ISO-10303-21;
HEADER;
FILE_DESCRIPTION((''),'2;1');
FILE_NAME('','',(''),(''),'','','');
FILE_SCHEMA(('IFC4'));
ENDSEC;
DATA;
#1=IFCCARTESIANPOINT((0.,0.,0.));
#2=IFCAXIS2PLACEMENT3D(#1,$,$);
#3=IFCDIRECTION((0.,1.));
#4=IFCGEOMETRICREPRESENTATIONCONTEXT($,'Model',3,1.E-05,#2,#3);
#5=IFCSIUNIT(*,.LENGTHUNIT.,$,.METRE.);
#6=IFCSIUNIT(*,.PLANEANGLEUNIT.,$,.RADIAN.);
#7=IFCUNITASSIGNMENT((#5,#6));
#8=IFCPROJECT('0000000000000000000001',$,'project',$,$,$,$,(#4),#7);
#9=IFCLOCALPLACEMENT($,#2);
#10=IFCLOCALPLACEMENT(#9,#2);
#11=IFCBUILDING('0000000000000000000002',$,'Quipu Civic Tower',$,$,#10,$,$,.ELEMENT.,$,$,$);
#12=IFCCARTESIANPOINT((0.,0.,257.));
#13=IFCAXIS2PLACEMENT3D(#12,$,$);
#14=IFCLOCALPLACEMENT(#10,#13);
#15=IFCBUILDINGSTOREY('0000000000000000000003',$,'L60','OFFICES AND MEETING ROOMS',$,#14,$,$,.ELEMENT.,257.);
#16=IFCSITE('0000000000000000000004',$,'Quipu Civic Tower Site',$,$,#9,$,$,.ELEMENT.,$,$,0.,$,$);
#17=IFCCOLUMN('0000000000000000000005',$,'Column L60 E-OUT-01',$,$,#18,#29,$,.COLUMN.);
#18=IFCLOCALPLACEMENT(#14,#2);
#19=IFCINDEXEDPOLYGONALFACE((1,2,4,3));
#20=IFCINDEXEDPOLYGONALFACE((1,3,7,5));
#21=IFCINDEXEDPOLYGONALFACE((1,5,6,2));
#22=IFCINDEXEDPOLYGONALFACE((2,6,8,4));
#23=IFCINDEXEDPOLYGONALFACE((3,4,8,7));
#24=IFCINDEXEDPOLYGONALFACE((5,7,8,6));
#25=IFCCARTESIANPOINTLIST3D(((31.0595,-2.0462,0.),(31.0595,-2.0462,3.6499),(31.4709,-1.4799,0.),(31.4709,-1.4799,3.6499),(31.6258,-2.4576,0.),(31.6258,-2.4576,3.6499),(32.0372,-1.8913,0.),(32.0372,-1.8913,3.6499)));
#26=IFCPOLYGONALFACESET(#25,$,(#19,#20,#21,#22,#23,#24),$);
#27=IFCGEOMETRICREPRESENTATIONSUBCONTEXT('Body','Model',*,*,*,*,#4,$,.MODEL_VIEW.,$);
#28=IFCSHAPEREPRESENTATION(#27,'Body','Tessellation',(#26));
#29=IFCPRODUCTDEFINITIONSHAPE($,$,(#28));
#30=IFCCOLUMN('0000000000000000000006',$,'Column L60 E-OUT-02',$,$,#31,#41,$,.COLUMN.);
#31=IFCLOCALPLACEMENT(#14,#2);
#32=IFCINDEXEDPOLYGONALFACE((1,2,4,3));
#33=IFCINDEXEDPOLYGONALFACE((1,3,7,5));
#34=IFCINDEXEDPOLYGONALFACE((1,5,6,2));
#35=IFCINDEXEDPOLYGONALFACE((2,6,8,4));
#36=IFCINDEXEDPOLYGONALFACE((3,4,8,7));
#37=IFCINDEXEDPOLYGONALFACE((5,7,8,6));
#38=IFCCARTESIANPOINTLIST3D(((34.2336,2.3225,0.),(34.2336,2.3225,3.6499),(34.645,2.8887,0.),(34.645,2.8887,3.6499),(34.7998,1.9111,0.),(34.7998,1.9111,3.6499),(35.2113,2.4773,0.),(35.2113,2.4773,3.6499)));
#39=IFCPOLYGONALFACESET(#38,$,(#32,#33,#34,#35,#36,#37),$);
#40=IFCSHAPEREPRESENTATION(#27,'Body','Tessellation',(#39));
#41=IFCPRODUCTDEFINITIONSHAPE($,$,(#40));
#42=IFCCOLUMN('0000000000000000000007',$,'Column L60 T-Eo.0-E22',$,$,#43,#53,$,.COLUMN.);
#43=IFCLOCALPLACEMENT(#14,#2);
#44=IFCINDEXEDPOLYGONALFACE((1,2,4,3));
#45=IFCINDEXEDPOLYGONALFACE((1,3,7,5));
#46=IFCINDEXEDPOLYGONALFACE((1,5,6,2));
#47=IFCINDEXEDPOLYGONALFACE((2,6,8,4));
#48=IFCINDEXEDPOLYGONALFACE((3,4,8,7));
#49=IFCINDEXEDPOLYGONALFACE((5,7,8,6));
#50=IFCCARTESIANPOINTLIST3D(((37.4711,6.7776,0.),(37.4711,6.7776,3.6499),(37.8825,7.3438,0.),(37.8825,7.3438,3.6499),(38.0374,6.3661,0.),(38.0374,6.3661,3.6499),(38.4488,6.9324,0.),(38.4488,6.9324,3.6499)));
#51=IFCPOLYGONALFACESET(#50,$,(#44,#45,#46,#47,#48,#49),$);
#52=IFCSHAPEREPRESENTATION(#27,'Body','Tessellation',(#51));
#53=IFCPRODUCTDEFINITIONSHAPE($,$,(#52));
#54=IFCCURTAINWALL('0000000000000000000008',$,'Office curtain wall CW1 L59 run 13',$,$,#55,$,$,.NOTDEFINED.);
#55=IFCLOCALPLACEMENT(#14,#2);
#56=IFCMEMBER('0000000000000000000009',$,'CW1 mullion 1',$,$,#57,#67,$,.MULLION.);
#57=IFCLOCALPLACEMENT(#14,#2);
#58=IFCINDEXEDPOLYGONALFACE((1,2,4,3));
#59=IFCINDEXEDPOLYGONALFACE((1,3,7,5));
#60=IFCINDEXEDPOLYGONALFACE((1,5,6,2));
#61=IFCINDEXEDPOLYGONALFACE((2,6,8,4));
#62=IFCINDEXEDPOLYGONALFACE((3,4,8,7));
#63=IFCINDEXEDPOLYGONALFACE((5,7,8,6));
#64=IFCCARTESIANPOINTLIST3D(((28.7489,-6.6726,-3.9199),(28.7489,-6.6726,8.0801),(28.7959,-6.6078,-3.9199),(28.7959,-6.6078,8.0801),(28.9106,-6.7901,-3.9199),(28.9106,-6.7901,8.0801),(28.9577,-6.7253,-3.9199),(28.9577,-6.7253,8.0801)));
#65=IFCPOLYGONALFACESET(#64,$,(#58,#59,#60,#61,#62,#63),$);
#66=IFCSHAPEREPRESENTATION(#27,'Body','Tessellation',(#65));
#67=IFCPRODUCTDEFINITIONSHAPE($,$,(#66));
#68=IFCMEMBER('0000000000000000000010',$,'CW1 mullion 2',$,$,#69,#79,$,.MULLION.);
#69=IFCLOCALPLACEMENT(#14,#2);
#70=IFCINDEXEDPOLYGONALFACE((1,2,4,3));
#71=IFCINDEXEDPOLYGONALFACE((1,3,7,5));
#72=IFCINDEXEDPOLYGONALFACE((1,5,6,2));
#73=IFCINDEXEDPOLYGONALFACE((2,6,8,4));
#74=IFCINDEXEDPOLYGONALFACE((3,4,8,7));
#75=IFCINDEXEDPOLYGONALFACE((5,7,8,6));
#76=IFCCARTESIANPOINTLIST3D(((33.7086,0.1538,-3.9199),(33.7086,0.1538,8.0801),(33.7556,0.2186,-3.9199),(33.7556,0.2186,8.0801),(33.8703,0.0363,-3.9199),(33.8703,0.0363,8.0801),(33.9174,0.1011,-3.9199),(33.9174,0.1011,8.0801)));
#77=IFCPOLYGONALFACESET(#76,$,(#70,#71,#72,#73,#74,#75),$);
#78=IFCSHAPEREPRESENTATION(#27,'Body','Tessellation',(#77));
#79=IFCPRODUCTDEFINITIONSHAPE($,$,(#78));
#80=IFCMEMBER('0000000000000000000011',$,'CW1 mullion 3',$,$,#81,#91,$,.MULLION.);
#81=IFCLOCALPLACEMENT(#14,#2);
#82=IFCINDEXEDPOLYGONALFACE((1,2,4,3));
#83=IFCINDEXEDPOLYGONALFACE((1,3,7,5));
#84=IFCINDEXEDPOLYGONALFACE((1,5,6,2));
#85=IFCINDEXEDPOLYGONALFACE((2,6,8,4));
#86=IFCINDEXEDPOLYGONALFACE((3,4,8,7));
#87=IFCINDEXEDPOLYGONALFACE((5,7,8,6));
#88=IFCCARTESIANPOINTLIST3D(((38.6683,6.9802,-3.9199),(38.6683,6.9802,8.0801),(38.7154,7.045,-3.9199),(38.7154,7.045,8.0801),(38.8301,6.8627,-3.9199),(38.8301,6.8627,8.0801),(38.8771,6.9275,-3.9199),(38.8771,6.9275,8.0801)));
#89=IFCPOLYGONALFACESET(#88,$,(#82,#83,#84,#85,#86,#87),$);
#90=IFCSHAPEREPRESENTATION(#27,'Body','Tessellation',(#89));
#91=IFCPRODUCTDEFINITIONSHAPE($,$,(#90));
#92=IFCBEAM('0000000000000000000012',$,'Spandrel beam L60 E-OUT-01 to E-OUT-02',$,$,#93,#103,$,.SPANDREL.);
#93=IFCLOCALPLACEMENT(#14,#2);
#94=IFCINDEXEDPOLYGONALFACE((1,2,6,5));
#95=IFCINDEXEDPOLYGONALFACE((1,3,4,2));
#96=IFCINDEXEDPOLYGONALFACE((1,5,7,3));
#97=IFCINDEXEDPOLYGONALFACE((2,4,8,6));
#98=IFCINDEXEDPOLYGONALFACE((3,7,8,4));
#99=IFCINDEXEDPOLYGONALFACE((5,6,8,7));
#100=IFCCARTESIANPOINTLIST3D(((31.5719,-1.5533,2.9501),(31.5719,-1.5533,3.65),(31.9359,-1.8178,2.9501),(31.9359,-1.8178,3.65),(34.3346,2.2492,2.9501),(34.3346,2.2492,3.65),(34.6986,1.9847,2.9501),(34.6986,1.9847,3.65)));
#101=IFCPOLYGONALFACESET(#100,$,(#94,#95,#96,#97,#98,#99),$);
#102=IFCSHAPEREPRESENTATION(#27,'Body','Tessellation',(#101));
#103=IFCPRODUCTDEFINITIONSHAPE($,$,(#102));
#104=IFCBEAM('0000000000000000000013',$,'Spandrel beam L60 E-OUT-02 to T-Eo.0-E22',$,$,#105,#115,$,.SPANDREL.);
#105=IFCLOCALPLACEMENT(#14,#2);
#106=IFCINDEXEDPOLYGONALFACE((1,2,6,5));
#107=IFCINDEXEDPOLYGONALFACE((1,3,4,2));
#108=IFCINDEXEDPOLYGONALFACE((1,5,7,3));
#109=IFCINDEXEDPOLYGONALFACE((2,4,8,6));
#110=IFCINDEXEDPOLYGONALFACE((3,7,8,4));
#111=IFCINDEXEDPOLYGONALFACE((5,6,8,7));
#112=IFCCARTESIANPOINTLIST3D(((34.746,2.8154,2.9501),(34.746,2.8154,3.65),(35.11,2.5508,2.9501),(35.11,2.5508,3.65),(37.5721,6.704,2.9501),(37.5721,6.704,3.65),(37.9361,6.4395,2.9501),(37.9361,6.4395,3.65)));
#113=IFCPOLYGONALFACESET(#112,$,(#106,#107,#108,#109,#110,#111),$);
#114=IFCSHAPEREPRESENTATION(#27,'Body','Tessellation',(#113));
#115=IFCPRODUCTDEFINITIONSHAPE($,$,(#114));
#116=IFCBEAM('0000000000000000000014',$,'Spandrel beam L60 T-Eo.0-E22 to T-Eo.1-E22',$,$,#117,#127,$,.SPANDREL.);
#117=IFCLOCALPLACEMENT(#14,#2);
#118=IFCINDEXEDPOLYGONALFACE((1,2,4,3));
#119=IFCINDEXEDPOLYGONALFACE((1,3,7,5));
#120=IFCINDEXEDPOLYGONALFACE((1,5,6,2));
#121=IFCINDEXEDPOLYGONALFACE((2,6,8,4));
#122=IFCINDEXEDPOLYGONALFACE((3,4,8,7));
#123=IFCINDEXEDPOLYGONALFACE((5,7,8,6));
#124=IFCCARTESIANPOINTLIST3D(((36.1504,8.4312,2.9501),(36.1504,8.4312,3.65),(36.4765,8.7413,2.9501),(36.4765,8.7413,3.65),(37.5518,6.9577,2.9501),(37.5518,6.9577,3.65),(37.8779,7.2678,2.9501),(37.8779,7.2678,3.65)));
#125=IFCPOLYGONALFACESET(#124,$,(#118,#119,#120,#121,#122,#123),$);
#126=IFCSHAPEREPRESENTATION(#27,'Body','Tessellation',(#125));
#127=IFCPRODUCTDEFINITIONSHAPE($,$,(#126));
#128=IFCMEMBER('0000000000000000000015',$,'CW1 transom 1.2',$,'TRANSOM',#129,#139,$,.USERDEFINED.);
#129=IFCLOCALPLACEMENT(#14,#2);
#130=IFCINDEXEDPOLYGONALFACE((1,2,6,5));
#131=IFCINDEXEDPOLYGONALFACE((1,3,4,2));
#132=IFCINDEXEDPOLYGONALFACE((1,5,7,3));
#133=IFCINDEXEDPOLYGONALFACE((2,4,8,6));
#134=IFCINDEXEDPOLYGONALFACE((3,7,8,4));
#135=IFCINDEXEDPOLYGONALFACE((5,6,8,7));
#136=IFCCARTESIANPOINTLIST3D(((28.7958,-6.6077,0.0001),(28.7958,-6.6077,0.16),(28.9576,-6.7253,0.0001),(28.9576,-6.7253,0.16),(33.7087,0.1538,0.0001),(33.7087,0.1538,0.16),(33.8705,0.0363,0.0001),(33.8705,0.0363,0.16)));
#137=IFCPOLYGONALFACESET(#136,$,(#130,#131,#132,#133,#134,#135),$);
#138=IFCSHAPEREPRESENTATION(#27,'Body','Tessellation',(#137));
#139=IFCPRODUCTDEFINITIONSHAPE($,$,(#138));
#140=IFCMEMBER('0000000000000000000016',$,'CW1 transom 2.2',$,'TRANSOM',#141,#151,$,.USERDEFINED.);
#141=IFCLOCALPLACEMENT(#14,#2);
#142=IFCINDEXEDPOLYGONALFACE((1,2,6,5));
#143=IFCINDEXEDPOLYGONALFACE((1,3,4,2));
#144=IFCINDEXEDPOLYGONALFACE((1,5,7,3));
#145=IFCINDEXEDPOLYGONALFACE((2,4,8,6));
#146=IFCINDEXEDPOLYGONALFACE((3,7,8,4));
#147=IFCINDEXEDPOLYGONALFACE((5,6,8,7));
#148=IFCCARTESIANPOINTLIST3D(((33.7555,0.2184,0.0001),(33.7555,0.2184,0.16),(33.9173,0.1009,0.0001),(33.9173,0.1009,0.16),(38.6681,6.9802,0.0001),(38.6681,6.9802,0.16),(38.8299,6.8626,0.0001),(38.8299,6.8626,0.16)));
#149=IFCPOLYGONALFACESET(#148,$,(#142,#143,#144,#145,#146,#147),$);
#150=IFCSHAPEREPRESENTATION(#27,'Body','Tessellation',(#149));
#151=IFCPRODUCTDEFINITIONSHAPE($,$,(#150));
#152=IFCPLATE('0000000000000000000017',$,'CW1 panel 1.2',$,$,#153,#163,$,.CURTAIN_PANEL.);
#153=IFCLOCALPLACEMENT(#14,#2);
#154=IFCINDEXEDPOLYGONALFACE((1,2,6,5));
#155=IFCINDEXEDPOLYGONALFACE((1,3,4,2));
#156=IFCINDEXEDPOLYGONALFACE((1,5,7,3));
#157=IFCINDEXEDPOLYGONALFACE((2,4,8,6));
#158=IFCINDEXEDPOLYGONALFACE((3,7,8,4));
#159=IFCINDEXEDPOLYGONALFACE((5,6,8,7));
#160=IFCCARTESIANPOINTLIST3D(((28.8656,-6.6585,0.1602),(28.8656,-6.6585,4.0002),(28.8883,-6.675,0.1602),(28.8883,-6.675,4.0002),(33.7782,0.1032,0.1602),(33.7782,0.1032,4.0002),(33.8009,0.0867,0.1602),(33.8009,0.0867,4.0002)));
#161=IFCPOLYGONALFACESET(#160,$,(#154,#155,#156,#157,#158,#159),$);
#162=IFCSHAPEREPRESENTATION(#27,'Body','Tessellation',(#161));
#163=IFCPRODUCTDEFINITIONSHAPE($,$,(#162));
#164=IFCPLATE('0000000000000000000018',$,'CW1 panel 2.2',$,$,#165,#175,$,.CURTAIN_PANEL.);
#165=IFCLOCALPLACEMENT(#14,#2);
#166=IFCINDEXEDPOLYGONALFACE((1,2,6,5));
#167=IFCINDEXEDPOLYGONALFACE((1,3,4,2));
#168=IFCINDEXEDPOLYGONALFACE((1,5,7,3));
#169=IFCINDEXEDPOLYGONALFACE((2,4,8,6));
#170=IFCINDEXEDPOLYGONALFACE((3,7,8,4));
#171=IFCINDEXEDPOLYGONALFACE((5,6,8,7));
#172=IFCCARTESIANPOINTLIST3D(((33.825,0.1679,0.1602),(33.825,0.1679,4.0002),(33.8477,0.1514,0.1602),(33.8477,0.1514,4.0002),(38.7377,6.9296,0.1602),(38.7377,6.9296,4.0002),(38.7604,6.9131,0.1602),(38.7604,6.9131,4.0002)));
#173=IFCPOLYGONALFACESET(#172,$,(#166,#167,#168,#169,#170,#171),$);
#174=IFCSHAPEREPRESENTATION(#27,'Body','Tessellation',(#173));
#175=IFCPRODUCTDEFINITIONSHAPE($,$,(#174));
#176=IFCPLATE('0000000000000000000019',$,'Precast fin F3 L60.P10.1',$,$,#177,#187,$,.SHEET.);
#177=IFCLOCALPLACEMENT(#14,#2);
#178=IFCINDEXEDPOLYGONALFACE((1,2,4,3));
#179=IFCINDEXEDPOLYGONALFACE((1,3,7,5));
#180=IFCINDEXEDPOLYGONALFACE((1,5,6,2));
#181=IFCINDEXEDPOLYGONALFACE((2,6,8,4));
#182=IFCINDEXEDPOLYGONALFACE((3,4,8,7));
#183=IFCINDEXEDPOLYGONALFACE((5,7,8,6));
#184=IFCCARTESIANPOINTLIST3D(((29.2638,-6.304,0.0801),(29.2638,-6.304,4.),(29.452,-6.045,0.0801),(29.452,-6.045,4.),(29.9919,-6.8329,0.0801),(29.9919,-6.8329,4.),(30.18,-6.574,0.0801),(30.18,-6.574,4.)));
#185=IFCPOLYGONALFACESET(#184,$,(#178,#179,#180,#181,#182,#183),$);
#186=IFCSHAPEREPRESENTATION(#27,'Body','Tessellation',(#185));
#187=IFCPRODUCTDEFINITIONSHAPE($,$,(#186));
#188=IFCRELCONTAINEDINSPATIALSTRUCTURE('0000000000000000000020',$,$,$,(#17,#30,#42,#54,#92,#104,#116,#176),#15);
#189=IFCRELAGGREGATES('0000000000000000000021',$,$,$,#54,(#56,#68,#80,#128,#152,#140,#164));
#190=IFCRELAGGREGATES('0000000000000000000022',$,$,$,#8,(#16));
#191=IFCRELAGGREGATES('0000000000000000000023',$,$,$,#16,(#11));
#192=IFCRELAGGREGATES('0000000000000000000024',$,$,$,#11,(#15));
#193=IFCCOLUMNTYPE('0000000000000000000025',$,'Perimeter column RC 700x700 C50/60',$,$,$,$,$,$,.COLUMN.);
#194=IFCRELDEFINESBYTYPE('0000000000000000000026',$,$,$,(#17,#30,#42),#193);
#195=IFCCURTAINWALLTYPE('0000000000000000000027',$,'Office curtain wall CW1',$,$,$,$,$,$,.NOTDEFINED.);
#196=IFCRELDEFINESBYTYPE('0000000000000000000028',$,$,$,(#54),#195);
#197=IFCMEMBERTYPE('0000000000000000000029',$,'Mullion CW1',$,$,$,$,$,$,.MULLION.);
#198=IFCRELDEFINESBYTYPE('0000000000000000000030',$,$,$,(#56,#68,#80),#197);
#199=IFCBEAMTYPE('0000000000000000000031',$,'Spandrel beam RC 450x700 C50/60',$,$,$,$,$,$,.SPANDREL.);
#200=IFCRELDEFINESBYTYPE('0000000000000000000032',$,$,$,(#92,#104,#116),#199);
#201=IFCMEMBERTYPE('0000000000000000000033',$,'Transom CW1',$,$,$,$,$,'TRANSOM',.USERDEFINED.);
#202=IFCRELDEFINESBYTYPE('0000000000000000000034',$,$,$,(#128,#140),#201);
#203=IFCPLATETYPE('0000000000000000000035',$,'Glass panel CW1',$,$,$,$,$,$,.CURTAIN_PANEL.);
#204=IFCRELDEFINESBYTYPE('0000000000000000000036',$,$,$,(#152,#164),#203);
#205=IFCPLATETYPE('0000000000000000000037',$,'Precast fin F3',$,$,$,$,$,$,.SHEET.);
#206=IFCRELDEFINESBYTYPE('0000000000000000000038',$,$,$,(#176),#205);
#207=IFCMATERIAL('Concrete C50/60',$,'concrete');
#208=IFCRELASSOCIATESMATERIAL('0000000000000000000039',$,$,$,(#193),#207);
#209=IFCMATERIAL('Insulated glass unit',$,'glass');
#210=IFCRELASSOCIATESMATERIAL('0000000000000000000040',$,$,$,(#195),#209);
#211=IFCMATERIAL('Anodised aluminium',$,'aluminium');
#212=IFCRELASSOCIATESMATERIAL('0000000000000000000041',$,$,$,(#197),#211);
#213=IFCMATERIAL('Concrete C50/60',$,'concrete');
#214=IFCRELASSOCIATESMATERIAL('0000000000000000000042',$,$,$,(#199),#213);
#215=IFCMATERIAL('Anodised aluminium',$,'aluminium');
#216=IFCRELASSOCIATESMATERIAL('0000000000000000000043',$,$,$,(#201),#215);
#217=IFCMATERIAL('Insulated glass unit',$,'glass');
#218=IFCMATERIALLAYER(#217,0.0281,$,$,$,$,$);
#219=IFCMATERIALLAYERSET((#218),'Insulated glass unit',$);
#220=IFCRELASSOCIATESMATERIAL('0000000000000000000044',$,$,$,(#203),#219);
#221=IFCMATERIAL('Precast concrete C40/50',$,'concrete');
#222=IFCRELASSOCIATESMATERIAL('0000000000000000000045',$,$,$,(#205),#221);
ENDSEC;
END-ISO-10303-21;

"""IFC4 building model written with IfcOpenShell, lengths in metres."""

from ifc_helpers import new_model, si_unit, direction, frame, origin, origin_2d, place, context, subcontext, project, spatial, rectangle, extrude, material, layer, layer_set, material_profile, profile_set, type_object, element, aggregate, save


model = new_model("IFC4")

# Units and contexts
model_context = context("Model", 3, precision=1e-05, world=origin(), true_north=direction((0.0, 1.0)))
body_context = subcontext(model_context, "Body", "Model", "MODEL_VIEW")
ifc_project = project(units=[si_unit("LENGTHUNIT", "METRE"), si_unit("PLANEANGLEUNIT", "RADIAN")], contexts=[model_context])

# Site, building, storey
site_placement = place(None, origin())
site = spatial("IfcSite", under=ifc_project, at=site_placement, Name="Quipu Civic Tower Site", CompositionType="ELEMENT", RefElevation=0.0)
building_placement = place(site_placement, origin())
building = spatial("IfcBuilding", under=site, at=building_placement, Name="Quipu Civic Tower", CompositionType="ELEMENT")
storey_placement = place(building_placement, frame((0.0, 0.0, 257.0)))
storey = spatial("IfcBuildingStorey", under=building, at=storey_placement, Name="L60", Description="OFFICES AND MEETING ROOMS", CompositionType="ELEMENT", Elevation=257.0)

# Columns
ifc_material_1 = material(Name="Concrete C50/60", Category="concrete")
ifc_material_profile_1 = material_profile(ifc_material_1, rectangle(XDim=0.7, YDim=0.7, at=origin_2d()), Name="RC700x700")
ifc_profile_set_1 = profile_set([ifc_material_profile_1], Name="Concrete C50/60")
column_type = type_object("IfcColumnType", Name="Perimeter column RC 700x700 C50/60", PredefinedType="COLUMN", material=ifc_profile_set_1)
for number, where, z_axis, x_axis, name in (
    (1, (31.5483, -1.9688, 0.0), (0.0, 0.0, 1.0), (0.587785, 0.809017, 0.0), "Column L60 E-OUT-01"),
    (2, (34.7224, 2.3999, 0.0), (0.0, 0.0, 1.0), (0.587785, 0.809017, 0.0), "Column L60 E-OUT-02"),
    (3, (37.96, 6.855, 0.0), (0.0, 0.0, 1.0), (0.587785, 0.809017, 0.0), "Column L60 T-Eo.0-E22"),
):
    element("IfcColumn", number, at=place(storey_placement, frame(where, z_axis=z_axis, x_axis=x_axis)), inside=storey, type_object=column_type, Name=name, PredefinedType="COLUMN", context=body_context, shape_type="SweptSolid", body=[
        extrude(rectangle(XDim=0.7, YDim=0.7, at=origin_2d()), origin(), (0.0, 0.0, 1.0), 3.6499),
    ])

# Curtain wall, members
ifc_material_2 = material(Name="Insulated glass unit", Category="glass")
curtain_wall_type = type_object("IfcCurtainWallType", Name="Office curtain wall CW1", PredefinedType="NOTDEFINED", material=ifc_material_2)
curtain_wall_placement = place(storey_placement, origin())
curtain_wall = element("IfcCurtainWall", 4, at=curtain_wall_placement, inside=storey, type_object=curtain_wall_type, Name="Office curtain wall CW1 L59 run 13", PredefinedType="NOTDEFINED")
ifc_material_3 = material(Name="Anodised aluminium", Category="aluminium")
ifc_material_profile_2 = material_profile(ifc_material_3, rectangle(XDim=0.2, YDim=0.0801, at=origin_2d()), Name="RECT 200x80")
ifc_profile_set_2 = profile_set([ifc_material_profile_2], Name="Anodised aluminium")
member_type_1 = type_object("IfcMemberType", Name="Mullion CW1", PredefinedType="MULLION", material=ifc_profile_set_2)
member_1_placement = place(storey_placement, frame((28.8533, -6.699, -3.9199), z_axis=(0.0, 0.0, 1.0), x_axis=(-0.809016, 0.587786, 0.0)))
member_1 = element("IfcMember", 5, at=member_1_placement, type_object=member_type_1, Name="CW1 mullion 1", PredefinedType="MULLION", context=body_context, shape_type="SweptSolid", body=[
    extrude(rectangle(XDim=0.2, YDim=0.0801, at=origin_2d()), origin(), (0.0, 0.0, 1.0), 12.0),
])
member_2_placement = place(storey_placement, frame((33.813, 0.1274, -3.9199), z_axis=(0.0, 0.0, 1.0), x_axis=(-0.809016, 0.587786, 0.0)))
member_2 = element("IfcMember", 6, at=member_2_placement, type_object=member_type_1, Name="CW1 mullion 2", PredefinedType="MULLION", context=body_context, shape_type="SweptSolid", body=[
    extrude(rectangle(XDim=0.2, YDim=0.0801, at=origin_2d()), origin(), (0.0, 0.0, 1.0), 12.0),
])
member_3_placement = place(storey_placement, frame((38.7727, 6.9539, -3.9199), z_axis=(0.0, 0.0, 1.0), x_axis=(-0.809016, 0.587786, 0.0)))
member_3 = element("IfcMember", 7, at=member_3_placement, type_object=member_type_1, Name="CW1 mullion 3", PredefinedType="MULLION", context=body_context, shape_type="SweptSolid", body=[
    extrude(rectangle(XDim=0.2, YDim=0.0801, at=origin_2d()), origin(), (0.0, 0.0, 1.0), 12.0),
])

# Beams
ifc_material_4 = material(Name="Concrete C50/60", Category="concrete")
ifc_material_profile_3 = material_profile(ifc_material_4, rectangle(XDim=0.45, YDim=0.7, at=origin_2d()), Name="RC450x700")
ifc_profile_set_3 = profile_set([ifc_material_profile_3], Name="Concrete C50/60")
beam_type = type_object("IfcBeamType", Name="Spandrel beam RC 450x700 C50/60", PredefinedType="SPANDREL", material=ifc_profile_set_3)
beam_1_placement = place(storey_placement, frame((31.7539, -1.6855, 3.3), z_axis=(0.587789, 0.809015, 0.0), x_axis=(-0.809015, 0.587789, 0.0)))
element("IfcBeam", 8, at=beam_1_placement, inside=storey, type_object=beam_type, Name="Spandrel beam L60 E-OUT-01 to E-OUT-02", PredefinedType="SPANDREL", context=body_context, shape_type="SweptSolid", body=[
    extrude(rectangle(XDim=0.45, YDim=0.7, at=origin_2d()), origin(), (0.0, 0.0, 1.0), 4.7002),
])
beam_2_placement = place(storey_placement, frame((34.928, 2.6831, 3.3), z_axis=(0.587906, 0.808929, 0.0), x_axis=(-0.808929, 0.587906, 0.0)))
element("IfcBeam", 9, at=beam_2_placement, inside=storey, type_object=beam_type, Name="Spandrel beam L60 E-OUT-02 to T-Eo.0-E22", PredefinedType="SPANDREL", context=body_context, shape_type="SweptSolid", body=[
    extrude(rectangle(XDim=0.45, YDim=0.7, at=origin_2d()), origin(), (0.0, 0.0, 1.0), 4.8071),
])
beam_3_placement = place(storey_placement, frame((37.7148, 7.1128, 3.3), z_axis=(-0.689175, 0.724595, 0.0), x_axis=(-0.724595, -0.689175, 0.0)))
element("IfcBeam", 10, at=beam_3_placement, inside=storey, type_object=beam_type, Name="Spandrel beam L60 T-Eo.0-E22 to T-Eo.1-E22", PredefinedType="SPANDREL", context=body_context, shape_type="SweptSolid", body=[
    extrude(rectangle(XDim=0.45, YDim=0.7, at=origin_2d()), origin(), (0.0, 0.0, 1.0), 2.0334),
])

# Members
ifc_material_5 = material(Name="Anodised aluminium", Category="aluminium")
ifc_material_profile_4 = material_profile(ifc_material_5, rectangle(XDim=0.2, YDim=0.1599, at=origin_2d()), Name="RECT 200x160")
ifc_profile_set_4 = profile_set([ifc_material_profile_4], Name="Anodised aluminium")
member_type_2 = type_object("IfcMemberType", Name="Transom CW1", ElementType="TRANSOM", PredefinedType="USERDEFINED", material=ifc_profile_set_4)
member_4_placement = place(storey_placement, frame((28.8767, -6.6665, 0.0801), z_axis=(0.587812, 0.808997, 0.0), x_axis=(-0.808997, 0.587812, 0.0)))
member_4 = element("IfcMember", 11, at=member_4_placement, type_object=member_type_2, Name="CW1 transom 1.2", ObjectType="TRANSOM", PredefinedType="USERDEFINED", context=body_context, shape_type="SweptSolid", body=[
    extrude(rectangle(XDim=0.2, YDim=0.1599, at=origin_2d()), origin(), (0.0, 0.0, 1.0), 8.3579),
])
member_5_placement = place(storey_placement, frame((33.8364, 0.1597, 0.0801), z_axis=(0.587779, 0.809021, 0.0), x_axis=(-0.809021, 0.587779, 0.0)))
member_5 = element("IfcMember", 12, at=member_5_placement, type_object=member_type_2, Name="CW1 transom 2.2", ObjectType="TRANSOM", PredefinedType="USERDEFINED", context=body_context, shape_type="SweptSolid", body=[
    extrude(rectangle(XDim=0.2, YDim=0.1599, at=origin_2d()), origin(), (0.0, 0.0, 1.0), 8.3579),
])

# Plates
ifc_material_6 = material(Name="Insulated glass unit", Category="glass")
ifc_layer = layer(ifc_material_6, 0.0281)
ifc_layer_set = layer_set([ifc_layer], Name="Insulated glass unit")
plate_type_1 = type_object("IfcPlateType", Name="Glass panel CW1", PredefinedType="CURTAIN_PANEL", material=ifc_layer_set)
plate_1_placement = place(storey_placement, frame((31.3333, -3.2859, 0.1602), z_axis=(0.0, 0.0, 1.0), x_axis=(0.587786, 0.809016, 0.0)))
plate_1 = element("IfcPlate", 13, at=plate_1_placement, type_object=plate_type_1, Name="CW1 panel 1.2", PredefinedType="CURTAIN_PANEL", context=body_context, shape_type="SweptSolid", body=[
    extrude(rectangle(XDim=8.3579, YDim=0.0281, at=origin_2d()), origin(), (0.0, 0.0, 1.0), 3.8401),
])
plate_2_placement = place(storey_placement, frame((36.2927, 3.5405, 0.1602), z_axis=(0.0, 0.0, 1.0), x_axis=(0.587786, 0.809016, 0.0)))
plate_2 = element("IfcPlate", 14, at=plate_2_placement, type_object=plate_type_1, Name="CW1 panel 2.2", PredefinedType="CURTAIN_PANEL", context=body_context, shape_type="SweptSolid", body=[
    extrude(rectangle(XDim=8.3579, YDim=0.0281, at=origin_2d()), origin(), (0.0, 0.0, 1.0), 3.8401),
])
aggregate(curtain_wall, [member_1, member_2, member_3, member_4, plate_1, member_5, plate_2])

# Plate
ifc_material_7 = material(Name="Precast concrete C40/50", Category="concrete")
plate_type_2 = type_object("IfcPlateType", Name="Precast fin F3", PredefinedType="SHEET", material=ifc_material_7)
for number, where, z_axis, x_axis, name in (
    (15, (29.7219, -6.439, 0.0801), (0.0, 0.0, 1.0), (0.587787, 0.809016, 0.0), "Precast fin F3 L60.P10.1"),
):
    element("IfcPlate", number, at=place(storey_placement, frame(where, z_axis=z_axis, x_axis=x_axis)), inside=storey, type_object=plate_type_2, Name=name, PredefinedType="SHEET", context=body_context, shape_type="SweptSolid", body=[
        extrude(rectangle(XDim=0.3201, YDim=0.8999, at=origin_2d()), origin(), (0.0, 0.0, 1.0), 3.9199),
    ])

save(model, "model.ifc")
